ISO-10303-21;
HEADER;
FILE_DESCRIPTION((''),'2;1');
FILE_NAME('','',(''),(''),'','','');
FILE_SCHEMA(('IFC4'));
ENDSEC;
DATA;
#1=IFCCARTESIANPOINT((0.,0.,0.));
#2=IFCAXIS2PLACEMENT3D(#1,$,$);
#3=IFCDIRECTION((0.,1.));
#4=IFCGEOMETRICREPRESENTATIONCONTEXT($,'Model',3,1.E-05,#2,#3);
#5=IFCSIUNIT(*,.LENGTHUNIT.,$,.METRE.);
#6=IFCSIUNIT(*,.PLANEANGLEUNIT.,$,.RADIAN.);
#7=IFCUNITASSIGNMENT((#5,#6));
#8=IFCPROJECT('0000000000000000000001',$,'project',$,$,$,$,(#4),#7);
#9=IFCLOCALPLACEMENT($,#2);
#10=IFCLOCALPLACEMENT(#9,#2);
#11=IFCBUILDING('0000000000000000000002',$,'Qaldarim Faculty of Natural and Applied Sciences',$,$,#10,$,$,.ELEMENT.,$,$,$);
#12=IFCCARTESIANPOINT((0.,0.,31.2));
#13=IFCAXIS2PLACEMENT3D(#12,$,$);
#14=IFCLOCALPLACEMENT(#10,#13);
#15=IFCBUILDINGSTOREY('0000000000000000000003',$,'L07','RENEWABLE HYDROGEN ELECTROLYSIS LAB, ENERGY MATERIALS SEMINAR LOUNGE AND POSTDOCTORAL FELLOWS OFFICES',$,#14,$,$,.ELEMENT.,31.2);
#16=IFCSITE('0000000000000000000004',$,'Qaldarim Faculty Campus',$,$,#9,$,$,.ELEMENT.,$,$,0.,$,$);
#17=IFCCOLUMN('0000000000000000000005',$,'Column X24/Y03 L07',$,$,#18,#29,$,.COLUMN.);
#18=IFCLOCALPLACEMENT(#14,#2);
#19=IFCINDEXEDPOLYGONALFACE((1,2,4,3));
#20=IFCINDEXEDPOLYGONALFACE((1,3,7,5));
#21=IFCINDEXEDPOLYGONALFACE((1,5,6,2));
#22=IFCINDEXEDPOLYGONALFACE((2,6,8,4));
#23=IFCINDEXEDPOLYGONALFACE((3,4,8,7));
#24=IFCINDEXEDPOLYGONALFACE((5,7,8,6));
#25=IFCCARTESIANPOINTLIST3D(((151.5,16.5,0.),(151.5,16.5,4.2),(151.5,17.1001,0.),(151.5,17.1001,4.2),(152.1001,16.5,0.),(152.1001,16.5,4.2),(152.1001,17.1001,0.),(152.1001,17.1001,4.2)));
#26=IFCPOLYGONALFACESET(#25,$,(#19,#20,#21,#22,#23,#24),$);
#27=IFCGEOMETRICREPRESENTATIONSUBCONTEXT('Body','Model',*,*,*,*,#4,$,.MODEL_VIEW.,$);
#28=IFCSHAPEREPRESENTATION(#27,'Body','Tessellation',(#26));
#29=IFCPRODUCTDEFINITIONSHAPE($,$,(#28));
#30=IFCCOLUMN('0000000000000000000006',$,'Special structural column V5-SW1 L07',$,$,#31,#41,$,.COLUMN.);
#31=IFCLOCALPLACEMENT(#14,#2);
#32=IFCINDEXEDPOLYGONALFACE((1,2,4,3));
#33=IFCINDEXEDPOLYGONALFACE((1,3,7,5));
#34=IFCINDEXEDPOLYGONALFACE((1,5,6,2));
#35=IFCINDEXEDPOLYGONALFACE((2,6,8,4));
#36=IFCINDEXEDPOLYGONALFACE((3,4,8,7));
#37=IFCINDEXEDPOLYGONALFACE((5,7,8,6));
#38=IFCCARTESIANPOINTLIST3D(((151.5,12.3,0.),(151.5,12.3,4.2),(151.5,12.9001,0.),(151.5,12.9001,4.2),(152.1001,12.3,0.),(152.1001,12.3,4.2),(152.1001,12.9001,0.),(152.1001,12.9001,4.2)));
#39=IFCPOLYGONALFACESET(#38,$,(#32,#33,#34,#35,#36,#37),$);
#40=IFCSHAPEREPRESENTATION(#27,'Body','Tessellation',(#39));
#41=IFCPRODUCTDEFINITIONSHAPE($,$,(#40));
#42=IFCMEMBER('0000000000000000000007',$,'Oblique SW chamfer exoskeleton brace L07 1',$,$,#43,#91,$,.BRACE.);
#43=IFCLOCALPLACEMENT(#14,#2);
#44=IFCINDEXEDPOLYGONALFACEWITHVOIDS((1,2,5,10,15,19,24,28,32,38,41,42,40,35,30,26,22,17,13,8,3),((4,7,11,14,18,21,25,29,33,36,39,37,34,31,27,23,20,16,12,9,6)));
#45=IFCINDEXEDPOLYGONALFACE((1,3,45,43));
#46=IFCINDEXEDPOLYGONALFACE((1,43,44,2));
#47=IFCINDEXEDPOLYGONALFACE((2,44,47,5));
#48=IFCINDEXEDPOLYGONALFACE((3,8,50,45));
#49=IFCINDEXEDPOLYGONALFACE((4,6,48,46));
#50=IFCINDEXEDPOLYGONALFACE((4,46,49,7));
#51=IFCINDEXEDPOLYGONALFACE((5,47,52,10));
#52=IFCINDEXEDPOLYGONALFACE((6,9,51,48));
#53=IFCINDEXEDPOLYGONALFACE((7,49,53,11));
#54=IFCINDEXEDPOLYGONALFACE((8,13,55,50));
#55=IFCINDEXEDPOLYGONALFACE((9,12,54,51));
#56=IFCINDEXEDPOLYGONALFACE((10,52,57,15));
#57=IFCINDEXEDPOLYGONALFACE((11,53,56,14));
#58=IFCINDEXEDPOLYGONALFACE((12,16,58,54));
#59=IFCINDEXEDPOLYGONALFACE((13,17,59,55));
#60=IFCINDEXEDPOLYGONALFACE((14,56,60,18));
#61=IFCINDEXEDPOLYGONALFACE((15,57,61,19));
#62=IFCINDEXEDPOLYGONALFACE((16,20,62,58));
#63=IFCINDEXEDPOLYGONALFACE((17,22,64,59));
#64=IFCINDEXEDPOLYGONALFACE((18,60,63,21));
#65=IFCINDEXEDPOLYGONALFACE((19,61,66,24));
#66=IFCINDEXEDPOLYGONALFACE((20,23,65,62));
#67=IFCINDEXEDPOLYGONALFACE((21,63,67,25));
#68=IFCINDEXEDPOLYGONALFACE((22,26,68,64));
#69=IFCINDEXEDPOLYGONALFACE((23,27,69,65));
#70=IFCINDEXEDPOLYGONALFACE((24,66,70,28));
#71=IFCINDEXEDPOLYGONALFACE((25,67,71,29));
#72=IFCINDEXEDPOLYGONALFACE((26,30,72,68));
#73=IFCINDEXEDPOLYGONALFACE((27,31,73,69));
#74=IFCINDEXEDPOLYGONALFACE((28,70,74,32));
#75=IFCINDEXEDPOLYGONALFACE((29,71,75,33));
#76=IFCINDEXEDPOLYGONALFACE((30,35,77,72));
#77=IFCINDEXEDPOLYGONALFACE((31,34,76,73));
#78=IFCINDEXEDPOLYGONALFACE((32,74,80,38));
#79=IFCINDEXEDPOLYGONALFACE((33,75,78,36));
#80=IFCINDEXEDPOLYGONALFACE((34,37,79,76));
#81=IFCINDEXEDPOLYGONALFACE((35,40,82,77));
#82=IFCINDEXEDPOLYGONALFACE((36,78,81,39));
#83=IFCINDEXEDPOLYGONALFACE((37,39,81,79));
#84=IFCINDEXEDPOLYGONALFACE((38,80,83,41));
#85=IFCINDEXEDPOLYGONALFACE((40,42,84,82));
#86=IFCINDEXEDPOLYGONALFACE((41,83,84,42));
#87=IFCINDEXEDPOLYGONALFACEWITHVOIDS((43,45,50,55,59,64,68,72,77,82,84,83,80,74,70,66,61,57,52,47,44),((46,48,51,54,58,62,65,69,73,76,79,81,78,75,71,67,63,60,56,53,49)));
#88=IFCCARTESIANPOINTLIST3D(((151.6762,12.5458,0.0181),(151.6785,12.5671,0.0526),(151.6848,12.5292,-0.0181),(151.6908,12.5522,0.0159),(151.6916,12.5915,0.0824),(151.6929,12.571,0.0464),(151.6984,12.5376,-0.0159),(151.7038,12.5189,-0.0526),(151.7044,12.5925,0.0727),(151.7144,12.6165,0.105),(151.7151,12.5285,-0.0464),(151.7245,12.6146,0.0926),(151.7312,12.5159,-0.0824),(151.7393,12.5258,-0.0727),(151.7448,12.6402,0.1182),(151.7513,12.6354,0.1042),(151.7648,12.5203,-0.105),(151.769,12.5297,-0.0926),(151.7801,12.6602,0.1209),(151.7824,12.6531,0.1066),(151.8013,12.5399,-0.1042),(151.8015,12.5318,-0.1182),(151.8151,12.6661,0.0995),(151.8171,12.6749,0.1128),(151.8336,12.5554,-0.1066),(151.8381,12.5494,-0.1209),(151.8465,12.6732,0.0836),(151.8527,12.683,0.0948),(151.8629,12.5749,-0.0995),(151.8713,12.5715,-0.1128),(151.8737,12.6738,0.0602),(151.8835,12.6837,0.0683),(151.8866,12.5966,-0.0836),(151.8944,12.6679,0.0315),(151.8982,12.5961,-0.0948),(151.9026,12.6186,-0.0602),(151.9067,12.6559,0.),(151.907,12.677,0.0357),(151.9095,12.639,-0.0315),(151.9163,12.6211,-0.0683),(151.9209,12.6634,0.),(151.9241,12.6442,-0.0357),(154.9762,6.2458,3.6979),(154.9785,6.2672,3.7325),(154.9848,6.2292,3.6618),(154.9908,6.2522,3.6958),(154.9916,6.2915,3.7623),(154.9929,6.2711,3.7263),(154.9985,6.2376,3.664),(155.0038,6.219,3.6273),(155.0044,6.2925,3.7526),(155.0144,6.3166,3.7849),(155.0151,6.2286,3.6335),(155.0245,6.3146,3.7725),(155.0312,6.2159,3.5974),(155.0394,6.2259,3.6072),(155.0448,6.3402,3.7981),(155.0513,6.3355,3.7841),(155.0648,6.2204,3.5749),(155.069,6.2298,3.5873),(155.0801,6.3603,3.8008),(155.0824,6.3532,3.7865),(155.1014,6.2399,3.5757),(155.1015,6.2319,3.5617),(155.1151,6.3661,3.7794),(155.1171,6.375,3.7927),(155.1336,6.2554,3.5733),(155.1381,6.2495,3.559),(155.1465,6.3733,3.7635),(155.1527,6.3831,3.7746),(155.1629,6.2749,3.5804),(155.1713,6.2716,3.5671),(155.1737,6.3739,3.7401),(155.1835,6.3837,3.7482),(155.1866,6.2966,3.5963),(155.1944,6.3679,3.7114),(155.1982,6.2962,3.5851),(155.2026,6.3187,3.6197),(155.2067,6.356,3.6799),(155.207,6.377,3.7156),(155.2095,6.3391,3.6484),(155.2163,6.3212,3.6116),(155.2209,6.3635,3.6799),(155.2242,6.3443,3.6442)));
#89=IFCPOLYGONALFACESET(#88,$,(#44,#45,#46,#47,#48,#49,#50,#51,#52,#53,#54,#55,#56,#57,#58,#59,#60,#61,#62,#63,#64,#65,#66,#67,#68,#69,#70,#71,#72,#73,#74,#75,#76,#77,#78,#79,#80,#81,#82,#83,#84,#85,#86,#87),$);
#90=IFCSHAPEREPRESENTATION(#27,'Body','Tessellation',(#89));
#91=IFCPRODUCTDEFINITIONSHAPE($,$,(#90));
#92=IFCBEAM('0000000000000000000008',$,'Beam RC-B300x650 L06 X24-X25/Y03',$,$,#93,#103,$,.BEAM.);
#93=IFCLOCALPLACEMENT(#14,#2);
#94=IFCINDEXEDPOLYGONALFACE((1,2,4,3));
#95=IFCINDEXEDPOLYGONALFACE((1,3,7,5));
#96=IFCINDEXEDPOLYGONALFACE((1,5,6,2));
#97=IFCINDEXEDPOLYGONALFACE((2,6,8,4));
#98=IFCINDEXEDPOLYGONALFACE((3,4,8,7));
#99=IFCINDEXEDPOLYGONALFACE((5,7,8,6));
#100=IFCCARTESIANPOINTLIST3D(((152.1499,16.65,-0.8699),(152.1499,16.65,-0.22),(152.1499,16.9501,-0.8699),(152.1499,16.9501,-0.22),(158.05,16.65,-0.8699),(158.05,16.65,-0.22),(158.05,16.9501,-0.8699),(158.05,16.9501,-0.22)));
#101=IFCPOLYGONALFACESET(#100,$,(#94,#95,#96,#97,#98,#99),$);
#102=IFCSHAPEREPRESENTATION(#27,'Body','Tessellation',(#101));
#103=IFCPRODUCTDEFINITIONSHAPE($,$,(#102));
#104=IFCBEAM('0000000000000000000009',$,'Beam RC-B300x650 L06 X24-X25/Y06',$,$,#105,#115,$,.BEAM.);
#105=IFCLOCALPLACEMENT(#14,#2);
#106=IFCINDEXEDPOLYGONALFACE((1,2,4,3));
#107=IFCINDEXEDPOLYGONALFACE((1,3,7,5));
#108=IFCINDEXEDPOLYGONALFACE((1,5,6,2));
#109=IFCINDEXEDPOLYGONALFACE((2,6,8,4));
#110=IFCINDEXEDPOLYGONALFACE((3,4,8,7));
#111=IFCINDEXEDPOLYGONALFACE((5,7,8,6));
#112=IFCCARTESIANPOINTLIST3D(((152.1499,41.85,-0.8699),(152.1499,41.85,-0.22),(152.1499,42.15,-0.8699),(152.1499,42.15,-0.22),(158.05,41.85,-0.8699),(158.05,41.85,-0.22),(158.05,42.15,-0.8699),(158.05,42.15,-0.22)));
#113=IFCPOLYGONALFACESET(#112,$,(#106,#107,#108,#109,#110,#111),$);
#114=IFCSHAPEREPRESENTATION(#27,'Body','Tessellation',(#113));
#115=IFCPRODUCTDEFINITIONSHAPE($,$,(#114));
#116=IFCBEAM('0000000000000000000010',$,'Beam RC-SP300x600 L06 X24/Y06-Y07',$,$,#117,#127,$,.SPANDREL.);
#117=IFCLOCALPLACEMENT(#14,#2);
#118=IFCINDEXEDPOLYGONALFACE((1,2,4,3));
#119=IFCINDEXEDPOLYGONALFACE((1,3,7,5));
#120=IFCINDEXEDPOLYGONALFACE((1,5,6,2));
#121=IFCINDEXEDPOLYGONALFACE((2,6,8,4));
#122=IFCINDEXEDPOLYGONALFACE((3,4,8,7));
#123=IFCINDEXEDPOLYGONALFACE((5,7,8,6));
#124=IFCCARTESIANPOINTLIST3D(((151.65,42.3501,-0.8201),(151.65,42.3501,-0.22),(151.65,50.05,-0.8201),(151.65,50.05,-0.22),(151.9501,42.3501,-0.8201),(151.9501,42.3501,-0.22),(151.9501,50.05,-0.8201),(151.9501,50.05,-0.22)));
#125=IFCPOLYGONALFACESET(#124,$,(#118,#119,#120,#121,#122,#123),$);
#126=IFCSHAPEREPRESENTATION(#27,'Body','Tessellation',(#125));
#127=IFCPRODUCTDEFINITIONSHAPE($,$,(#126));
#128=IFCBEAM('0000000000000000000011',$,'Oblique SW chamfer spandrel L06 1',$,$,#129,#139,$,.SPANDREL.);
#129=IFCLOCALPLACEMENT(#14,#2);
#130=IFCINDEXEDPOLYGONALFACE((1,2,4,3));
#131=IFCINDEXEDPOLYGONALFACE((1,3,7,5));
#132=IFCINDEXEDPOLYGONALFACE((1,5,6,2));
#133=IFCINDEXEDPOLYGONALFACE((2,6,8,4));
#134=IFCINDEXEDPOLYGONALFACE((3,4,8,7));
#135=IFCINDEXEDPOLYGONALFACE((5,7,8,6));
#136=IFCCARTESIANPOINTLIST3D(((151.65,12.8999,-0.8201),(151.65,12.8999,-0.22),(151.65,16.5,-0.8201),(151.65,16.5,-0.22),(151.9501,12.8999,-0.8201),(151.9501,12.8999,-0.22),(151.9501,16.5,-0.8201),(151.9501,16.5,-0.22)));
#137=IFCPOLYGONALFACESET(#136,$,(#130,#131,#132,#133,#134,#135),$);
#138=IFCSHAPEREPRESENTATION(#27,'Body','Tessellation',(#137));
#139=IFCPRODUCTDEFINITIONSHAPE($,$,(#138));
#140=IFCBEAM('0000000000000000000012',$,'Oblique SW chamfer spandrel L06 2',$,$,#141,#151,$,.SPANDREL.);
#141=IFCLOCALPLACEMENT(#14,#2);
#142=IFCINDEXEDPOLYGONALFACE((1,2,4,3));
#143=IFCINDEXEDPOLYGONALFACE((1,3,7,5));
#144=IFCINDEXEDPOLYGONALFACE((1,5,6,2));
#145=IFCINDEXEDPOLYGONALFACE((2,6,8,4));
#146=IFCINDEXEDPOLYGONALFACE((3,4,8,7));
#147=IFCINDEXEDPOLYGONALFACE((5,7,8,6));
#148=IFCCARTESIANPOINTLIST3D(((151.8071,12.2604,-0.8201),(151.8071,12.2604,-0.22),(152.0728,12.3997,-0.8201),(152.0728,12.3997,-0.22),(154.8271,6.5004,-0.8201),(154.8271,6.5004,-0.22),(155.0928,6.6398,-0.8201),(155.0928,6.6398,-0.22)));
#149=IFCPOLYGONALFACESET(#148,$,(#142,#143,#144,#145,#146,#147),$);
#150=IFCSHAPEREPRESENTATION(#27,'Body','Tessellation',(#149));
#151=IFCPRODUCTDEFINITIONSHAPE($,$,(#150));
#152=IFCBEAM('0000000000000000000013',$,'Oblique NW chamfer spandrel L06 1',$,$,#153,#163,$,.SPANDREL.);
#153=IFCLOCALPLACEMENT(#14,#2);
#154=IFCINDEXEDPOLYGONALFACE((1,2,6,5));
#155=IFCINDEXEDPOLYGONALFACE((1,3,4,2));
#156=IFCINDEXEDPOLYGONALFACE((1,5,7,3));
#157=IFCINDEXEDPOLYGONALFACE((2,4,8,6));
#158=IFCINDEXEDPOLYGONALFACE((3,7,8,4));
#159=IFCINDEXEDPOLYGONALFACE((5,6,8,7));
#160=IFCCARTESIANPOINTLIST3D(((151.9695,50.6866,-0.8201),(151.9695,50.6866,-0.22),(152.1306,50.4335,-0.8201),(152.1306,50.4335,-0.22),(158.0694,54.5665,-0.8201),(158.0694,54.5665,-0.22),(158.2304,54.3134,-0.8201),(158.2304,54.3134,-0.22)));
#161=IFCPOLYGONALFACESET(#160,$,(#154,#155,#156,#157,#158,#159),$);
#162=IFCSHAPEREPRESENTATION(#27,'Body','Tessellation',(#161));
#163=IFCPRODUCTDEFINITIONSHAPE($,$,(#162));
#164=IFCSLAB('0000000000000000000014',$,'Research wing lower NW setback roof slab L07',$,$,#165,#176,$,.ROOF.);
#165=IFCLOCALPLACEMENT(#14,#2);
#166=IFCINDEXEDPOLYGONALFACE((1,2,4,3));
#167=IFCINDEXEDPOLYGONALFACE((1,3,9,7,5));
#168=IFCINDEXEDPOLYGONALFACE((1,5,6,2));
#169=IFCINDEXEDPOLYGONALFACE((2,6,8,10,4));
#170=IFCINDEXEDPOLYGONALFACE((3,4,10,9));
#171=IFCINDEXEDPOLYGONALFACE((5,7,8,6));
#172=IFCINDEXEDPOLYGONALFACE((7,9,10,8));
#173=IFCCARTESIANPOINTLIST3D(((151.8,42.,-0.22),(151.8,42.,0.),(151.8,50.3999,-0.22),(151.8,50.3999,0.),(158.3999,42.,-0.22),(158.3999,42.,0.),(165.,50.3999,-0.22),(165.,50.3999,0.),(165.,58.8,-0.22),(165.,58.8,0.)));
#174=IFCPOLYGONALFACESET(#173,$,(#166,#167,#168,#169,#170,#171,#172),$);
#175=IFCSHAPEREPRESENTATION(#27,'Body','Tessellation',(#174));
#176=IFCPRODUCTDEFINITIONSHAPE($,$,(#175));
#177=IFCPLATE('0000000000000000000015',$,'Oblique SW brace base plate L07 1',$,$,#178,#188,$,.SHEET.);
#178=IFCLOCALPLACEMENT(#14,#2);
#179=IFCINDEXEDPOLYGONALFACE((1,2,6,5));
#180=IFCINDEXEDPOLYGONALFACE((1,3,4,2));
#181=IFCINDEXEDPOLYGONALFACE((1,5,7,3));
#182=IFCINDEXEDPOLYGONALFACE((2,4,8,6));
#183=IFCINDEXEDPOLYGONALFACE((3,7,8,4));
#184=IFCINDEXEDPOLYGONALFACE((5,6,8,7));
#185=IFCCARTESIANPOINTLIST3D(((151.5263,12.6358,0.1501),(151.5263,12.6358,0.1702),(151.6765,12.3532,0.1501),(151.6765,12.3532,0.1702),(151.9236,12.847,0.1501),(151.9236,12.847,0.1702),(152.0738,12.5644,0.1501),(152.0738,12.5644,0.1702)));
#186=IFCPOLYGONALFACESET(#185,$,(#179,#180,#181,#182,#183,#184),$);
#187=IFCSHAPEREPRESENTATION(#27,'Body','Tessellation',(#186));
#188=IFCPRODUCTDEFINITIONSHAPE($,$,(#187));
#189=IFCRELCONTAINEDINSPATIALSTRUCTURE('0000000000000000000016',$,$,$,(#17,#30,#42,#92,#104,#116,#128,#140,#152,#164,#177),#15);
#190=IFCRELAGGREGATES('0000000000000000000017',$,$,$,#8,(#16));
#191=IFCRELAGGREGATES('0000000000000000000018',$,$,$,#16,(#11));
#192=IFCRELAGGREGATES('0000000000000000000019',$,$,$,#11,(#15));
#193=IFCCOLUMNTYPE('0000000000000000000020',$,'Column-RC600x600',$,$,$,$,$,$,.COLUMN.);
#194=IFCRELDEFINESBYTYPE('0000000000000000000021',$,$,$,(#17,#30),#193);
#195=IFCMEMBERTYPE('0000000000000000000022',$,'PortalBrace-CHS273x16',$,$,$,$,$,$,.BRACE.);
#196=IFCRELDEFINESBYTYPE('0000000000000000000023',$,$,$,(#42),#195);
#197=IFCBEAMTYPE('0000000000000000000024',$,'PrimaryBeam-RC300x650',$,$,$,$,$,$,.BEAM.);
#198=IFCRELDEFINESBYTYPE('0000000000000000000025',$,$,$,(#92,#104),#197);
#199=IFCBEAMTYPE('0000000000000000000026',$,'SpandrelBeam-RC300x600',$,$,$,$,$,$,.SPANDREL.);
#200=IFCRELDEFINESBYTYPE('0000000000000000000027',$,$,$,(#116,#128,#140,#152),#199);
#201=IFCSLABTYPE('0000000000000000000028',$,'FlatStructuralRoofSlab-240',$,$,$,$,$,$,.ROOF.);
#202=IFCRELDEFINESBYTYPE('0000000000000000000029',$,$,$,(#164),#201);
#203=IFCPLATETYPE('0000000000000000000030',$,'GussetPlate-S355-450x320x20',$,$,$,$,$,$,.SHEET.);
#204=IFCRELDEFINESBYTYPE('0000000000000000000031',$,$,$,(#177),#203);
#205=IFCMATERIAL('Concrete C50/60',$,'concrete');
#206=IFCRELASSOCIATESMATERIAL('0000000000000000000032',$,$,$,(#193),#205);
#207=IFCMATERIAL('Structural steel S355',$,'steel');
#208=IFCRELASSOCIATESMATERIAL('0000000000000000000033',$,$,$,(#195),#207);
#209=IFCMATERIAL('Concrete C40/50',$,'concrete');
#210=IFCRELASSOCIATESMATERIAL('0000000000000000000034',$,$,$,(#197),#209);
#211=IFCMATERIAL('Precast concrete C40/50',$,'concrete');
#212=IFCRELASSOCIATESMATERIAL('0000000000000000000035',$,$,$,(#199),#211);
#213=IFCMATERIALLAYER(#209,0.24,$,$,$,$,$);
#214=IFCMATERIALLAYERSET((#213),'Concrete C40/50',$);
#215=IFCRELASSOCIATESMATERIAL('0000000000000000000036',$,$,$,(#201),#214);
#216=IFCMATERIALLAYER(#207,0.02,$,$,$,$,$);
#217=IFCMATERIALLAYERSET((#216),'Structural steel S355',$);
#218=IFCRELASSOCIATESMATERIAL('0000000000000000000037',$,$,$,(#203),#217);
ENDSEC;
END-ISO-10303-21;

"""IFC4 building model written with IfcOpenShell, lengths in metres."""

from ifc_helpers import new_model, si_unit, direction, frame, origin, origin_2d, place, context, subcontext, project, spatial, polyline, rectangle, hollow_circle, outline, extrude, material, layer, layer_set, material_profile, profile_set, type_object, element, save


model = new_model("IFC4")

# Units and contexts
model_context = context("Model", 3, precision=1e-05, world=origin(), true_north=direction((0.0, 1.0)))
body_context = subcontext(model_context, "Body", "Model", "MODEL_VIEW")
ifc_project = project(units=[si_unit("LENGTHUNIT", "METRE"), si_unit("PLANEANGLEUNIT", "RADIAN")], contexts=[model_context])

# Site, building, storey
site_placement = place(None, origin())
site = spatial("IfcSite", under=ifc_project, at=site_placement, Name="Qaldarim Faculty Campus", CompositionType="ELEMENT", RefElevation=0.0)
building_placement = place(site_placement, origin())
building = spatial("IfcBuilding", under=site, at=building_placement, Name="Qaldarim Faculty of Natural and Applied Sciences", CompositionType="ELEMENT")
storey_placement = place(building_placement, frame((0.0, 0.0, 31.2)))
storey = spatial("IfcBuildingStorey", under=building, at=storey_placement, Name="L07", Description="RENEWABLE HYDROGEN ELECTROLYSIS LAB, ENERGY MATERIALS SEMINAR LOUNGE AND POSTDOCTORAL FELLOWS OFFICES", CompositionType="ELEMENT", Elevation=31.2)

# Columns
ifc_material_1 = material(Name="Concrete C50/60", Category="concrete")
ifc_material_profile_1 = material_profile(ifc_material_1, rectangle(XDim=0.6001, YDim=0.6001, at=origin_2d()), Name="RC-C600x600")
ifc_profile_set_1 = profile_set([ifc_material_profile_1], Name="Concrete C50/60")
column_type = type_object("IfcColumnType", Name="Column-RC600x600", PredefinedType="COLUMN", material=ifc_profile_set_1)
for number, where, z_axis, x_axis, name in (
    (1, (151.8, 16.8, 0.0), (0.0, 0.0, 1.0), (1.0, 0.0, 0.0), "Column X24/Y03 L07"),
    (2, (151.8, 12.6001, 0.0), (0.0, 0.0, 1.0), (1.0, 0.0, 0.0), "Special structural column V5-SW1 L07"),
):
    element("IfcColumn", number, at=place(storey_placement, frame(where, z_axis=z_axis, x_axis=x_axis)), inside=storey, type_object=column_type, Name=name, PredefinedType="COLUMN", context=body_context, shape_type="SweptSolid", body=[
        extrude(rectangle(XDim=0.6001, YDim=0.6001, at=origin_2d()), origin(), (0.0, 0.0, 1.0), 4.2),
    ])

# Member
ifc_material_2 = material(Name="Structural steel S355", Category="steel")
ifc_material_profile_2 = material_profile(ifc_material_2, hollow_circle(Radius=0.1365, WallThickness=0.0161, at=origin_2d()), Name="CHS 273.0x16.0")
ifc_profile_set_2 = profile_set([ifc_material_profile_2], Name="Structural steel S355")
member_type = type_object("IfcMemberType", Name="PortalBrace-CHS273x16", PredefinedType="BRACE", material=ifc_profile_set_2)
member_placement = place(storey_placement, frame((151.8, 12.6001, 0.0), z_axis=(0.412111, -0.786751, 0.459551), x_axis=(0.88583, 0.46401, 0.0)))
element("IfcMember", 3, at=member_placement, inside=storey, type_object=member_type, Name="Oblique SW chamfer exoskeleton brace L07 1", PredefinedType="BRACE", context=body_context, shape_type="SweptSolid", body=[
    extrude(hollow_circle(Radius=0.1365, WallThickness=0.0161, at=origin_2d()), origin(), (0.0, 0.0, 1.0), 8.0076),
])

# Beams
ifc_material_3 = material(Name="Concrete C40/50", Category="concrete")
ifc_material_profile_3 = material_profile(ifc_material_3, rectangle(XDim=0.3, YDim=0.6499, at=origin_2d()), Name="RC-B300x650")
ifc_profile_set_3 = profile_set([ifc_material_profile_3], Name="Concrete C40/50")
beam_type_1 = type_object("IfcBeamType", Name="PrimaryBeam-RC300x650", PredefinedType="BEAM", material=ifc_profile_set_3)
for number, where, z_axis, x_axis, name in (
    (4, (152.1499, 16.8, -0.5449), (1.0, 0.0, 0.0), (0.0, 1.0, 0.0), "Beam RC-B300x650 L06 X24-X25/Y03"),
    (5, (152.1499, 42.0, -0.5449), (1.0, 0.0, 0.0), (0.0, 1.0, 0.0), "Beam RC-B300x650 L06 X24-X25/Y06"),
):
    element("IfcBeam", number, at=place(storey_placement, frame(where, z_axis=z_axis, x_axis=x_axis)), inside=storey, type_object=beam_type_1, Name=name, PredefinedType="BEAM", context=body_context, shape_type="SweptSolid", body=[
        extrude(rectangle(XDim=0.3, YDim=0.6499, at=origin_2d()), origin(), (0.0, 0.0, 1.0), 5.9001),
    ])
ifc_material_4 = material(Name="Precast concrete C40/50", Category="concrete")
ifc_material_profile_4 = material_profile(ifc_material_4, rectangle(XDim=0.3, YDim=0.6001, at=origin_2d()), Name="RC-SP300x600")
ifc_profile_set_4 = profile_set([ifc_material_profile_4], Name="Precast concrete C40/50")
beam_type_2 = type_object("IfcBeamType", Name="SpandrelBeam-RC300x600", PredefinedType="SPANDREL", material=ifc_profile_set_4)
beam_1_placement = place(storey_placement, frame((151.8, 42.3501, -0.52), z_axis=(0.0, 1.0, 0.0), x_axis=(-1.0, 0.0, 0.0)))
element("IfcBeam", 6, at=beam_1_placement, inside=storey, type_object=beam_type_2, Name="Beam RC-SP300x600 L06 X24/Y06-Y07", PredefinedType="SPANDREL", context=body_context, shape_type="SweptSolid", body=[
    extrude(rectangle(XDim=0.3, YDim=0.6001, at=origin_2d()), origin(), (0.0, 0.0, 1.0), 7.7),
])
beam_2_placement = place(storey_placement, frame((151.8, 16.5, -0.52), z_axis=(0.0, -1.0, 0.0), x_axis=(1.0, 0.0, 0.0)))
element("IfcBeam", 7, at=beam_2_placement, inside=storey, type_object=beam_type_2, Name="Oblique SW chamfer spandrel L06 1", PredefinedType="SPANDREL", context=body_context, shape_type="SweptSolid", body=[
    extrude(rectangle(XDim=0.3, YDim=0.6001, at=origin_2d()), origin(), (0.0, 0.0, 1.0), 3.6001),
])
beam_3_placement = place(storey_placement, frame((151.9399, 12.3301, -0.52), z_axis=(0.464353, -0.88565, 0.0), x_axis=(0.88565, 0.464353, 0.0)))
element("IfcBeam", 8, at=beam_3_placement, inside=storey, type_object=beam_type_2, Name="Oblique SW chamfer spandrel L06 2", PredefinedType="SPANDREL", context=body_context, shape_type="SweptSolid", body=[
    extrude(rectangle(XDim=0.3, YDim=0.6001, at=origin_2d()), origin(), (0.0, 0.0, 1.0), 6.5037),
])
beam_4_placement = place(storey_placement, frame((152.05, 50.5601, -0.52), z_axis=(0.843777, 0.536694, 0.0), x_axis=(-0.536694, 0.843777, 0.0)))
element("IfcBeam", 9, at=beam_4_placement, inside=storey, type_object=beam_type_2, Name="Oblique NW chamfer spandrel L06 1", PredefinedType="SPANDREL", context=body_context, shape_type="SweptSolid", body=[
    extrude(rectangle(XDim=0.3, YDim=0.6001, at=origin_2d()), origin(), (0.0, 0.0, 1.0), 7.2292),
])

# Slab
ifc_layer_1 = layer(ifc_material_3, 0.24)
ifc_layer_set_1 = layer_set([ifc_layer_1], Name="Concrete C40/50")
slab_type_1 = type_object("IfcSlabType", Name="FlatStructuralRoofSlab-240", PredefinedType="ROOF", material=ifc_layer_set_1)
slab_1_placement = place(storey_placement, frame((0.0, 0.0, -0.22)))
element("IfcSlab", 10, at=slab_1_placement, inside=storey, type_object=slab_type_1, Name="Research wing lower NW setback roof slab L07", PredefinedType="ROOF", context=body_context, shape_type="SweptSolid", body=[
    extrude(outline(polyline([(151.8, 42.0), (158.3999, 42.0), (165.0, 50.3999), (165.0, 58.8), (151.8, 50.3999), (151.8, 42.0)])), origin(), (0.0, 0.0, 1.0), 0.22),
])

# Plate
ifc_layer_2 = layer(ifc_material_2, 0.02)
ifc_layer_set_2 = layer_set([ifc_layer_2], Name="Structural steel S355")
plate_type = type_object("IfcPlateType", Name="GussetPlate-S355-450x320x20", PredefinedType="SHEET", material=ifc_layer_set_2)
plate_placement = place(storey_placement, frame((151.8, 12.6001, 0.1501), z_axis=(0.0, 0.0, 1.0), x_axis=(0.882948, 0.469472, 0.0)))
element("IfcPlate", 11, at=plate_placement, inside=storey, type_object=plate_type, Name="Oblique SW brace base plate L07 1", PredefinedType="SHEET", context=body_context, shape_type="SweptSolid", body=[
    extrude(rectangle(XDim=0.45, YDim=0.3201, at=origin_2d()), origin(), (0.0, 0.0, 1.0), 0.02),
])

save(model, "model.ifc")
